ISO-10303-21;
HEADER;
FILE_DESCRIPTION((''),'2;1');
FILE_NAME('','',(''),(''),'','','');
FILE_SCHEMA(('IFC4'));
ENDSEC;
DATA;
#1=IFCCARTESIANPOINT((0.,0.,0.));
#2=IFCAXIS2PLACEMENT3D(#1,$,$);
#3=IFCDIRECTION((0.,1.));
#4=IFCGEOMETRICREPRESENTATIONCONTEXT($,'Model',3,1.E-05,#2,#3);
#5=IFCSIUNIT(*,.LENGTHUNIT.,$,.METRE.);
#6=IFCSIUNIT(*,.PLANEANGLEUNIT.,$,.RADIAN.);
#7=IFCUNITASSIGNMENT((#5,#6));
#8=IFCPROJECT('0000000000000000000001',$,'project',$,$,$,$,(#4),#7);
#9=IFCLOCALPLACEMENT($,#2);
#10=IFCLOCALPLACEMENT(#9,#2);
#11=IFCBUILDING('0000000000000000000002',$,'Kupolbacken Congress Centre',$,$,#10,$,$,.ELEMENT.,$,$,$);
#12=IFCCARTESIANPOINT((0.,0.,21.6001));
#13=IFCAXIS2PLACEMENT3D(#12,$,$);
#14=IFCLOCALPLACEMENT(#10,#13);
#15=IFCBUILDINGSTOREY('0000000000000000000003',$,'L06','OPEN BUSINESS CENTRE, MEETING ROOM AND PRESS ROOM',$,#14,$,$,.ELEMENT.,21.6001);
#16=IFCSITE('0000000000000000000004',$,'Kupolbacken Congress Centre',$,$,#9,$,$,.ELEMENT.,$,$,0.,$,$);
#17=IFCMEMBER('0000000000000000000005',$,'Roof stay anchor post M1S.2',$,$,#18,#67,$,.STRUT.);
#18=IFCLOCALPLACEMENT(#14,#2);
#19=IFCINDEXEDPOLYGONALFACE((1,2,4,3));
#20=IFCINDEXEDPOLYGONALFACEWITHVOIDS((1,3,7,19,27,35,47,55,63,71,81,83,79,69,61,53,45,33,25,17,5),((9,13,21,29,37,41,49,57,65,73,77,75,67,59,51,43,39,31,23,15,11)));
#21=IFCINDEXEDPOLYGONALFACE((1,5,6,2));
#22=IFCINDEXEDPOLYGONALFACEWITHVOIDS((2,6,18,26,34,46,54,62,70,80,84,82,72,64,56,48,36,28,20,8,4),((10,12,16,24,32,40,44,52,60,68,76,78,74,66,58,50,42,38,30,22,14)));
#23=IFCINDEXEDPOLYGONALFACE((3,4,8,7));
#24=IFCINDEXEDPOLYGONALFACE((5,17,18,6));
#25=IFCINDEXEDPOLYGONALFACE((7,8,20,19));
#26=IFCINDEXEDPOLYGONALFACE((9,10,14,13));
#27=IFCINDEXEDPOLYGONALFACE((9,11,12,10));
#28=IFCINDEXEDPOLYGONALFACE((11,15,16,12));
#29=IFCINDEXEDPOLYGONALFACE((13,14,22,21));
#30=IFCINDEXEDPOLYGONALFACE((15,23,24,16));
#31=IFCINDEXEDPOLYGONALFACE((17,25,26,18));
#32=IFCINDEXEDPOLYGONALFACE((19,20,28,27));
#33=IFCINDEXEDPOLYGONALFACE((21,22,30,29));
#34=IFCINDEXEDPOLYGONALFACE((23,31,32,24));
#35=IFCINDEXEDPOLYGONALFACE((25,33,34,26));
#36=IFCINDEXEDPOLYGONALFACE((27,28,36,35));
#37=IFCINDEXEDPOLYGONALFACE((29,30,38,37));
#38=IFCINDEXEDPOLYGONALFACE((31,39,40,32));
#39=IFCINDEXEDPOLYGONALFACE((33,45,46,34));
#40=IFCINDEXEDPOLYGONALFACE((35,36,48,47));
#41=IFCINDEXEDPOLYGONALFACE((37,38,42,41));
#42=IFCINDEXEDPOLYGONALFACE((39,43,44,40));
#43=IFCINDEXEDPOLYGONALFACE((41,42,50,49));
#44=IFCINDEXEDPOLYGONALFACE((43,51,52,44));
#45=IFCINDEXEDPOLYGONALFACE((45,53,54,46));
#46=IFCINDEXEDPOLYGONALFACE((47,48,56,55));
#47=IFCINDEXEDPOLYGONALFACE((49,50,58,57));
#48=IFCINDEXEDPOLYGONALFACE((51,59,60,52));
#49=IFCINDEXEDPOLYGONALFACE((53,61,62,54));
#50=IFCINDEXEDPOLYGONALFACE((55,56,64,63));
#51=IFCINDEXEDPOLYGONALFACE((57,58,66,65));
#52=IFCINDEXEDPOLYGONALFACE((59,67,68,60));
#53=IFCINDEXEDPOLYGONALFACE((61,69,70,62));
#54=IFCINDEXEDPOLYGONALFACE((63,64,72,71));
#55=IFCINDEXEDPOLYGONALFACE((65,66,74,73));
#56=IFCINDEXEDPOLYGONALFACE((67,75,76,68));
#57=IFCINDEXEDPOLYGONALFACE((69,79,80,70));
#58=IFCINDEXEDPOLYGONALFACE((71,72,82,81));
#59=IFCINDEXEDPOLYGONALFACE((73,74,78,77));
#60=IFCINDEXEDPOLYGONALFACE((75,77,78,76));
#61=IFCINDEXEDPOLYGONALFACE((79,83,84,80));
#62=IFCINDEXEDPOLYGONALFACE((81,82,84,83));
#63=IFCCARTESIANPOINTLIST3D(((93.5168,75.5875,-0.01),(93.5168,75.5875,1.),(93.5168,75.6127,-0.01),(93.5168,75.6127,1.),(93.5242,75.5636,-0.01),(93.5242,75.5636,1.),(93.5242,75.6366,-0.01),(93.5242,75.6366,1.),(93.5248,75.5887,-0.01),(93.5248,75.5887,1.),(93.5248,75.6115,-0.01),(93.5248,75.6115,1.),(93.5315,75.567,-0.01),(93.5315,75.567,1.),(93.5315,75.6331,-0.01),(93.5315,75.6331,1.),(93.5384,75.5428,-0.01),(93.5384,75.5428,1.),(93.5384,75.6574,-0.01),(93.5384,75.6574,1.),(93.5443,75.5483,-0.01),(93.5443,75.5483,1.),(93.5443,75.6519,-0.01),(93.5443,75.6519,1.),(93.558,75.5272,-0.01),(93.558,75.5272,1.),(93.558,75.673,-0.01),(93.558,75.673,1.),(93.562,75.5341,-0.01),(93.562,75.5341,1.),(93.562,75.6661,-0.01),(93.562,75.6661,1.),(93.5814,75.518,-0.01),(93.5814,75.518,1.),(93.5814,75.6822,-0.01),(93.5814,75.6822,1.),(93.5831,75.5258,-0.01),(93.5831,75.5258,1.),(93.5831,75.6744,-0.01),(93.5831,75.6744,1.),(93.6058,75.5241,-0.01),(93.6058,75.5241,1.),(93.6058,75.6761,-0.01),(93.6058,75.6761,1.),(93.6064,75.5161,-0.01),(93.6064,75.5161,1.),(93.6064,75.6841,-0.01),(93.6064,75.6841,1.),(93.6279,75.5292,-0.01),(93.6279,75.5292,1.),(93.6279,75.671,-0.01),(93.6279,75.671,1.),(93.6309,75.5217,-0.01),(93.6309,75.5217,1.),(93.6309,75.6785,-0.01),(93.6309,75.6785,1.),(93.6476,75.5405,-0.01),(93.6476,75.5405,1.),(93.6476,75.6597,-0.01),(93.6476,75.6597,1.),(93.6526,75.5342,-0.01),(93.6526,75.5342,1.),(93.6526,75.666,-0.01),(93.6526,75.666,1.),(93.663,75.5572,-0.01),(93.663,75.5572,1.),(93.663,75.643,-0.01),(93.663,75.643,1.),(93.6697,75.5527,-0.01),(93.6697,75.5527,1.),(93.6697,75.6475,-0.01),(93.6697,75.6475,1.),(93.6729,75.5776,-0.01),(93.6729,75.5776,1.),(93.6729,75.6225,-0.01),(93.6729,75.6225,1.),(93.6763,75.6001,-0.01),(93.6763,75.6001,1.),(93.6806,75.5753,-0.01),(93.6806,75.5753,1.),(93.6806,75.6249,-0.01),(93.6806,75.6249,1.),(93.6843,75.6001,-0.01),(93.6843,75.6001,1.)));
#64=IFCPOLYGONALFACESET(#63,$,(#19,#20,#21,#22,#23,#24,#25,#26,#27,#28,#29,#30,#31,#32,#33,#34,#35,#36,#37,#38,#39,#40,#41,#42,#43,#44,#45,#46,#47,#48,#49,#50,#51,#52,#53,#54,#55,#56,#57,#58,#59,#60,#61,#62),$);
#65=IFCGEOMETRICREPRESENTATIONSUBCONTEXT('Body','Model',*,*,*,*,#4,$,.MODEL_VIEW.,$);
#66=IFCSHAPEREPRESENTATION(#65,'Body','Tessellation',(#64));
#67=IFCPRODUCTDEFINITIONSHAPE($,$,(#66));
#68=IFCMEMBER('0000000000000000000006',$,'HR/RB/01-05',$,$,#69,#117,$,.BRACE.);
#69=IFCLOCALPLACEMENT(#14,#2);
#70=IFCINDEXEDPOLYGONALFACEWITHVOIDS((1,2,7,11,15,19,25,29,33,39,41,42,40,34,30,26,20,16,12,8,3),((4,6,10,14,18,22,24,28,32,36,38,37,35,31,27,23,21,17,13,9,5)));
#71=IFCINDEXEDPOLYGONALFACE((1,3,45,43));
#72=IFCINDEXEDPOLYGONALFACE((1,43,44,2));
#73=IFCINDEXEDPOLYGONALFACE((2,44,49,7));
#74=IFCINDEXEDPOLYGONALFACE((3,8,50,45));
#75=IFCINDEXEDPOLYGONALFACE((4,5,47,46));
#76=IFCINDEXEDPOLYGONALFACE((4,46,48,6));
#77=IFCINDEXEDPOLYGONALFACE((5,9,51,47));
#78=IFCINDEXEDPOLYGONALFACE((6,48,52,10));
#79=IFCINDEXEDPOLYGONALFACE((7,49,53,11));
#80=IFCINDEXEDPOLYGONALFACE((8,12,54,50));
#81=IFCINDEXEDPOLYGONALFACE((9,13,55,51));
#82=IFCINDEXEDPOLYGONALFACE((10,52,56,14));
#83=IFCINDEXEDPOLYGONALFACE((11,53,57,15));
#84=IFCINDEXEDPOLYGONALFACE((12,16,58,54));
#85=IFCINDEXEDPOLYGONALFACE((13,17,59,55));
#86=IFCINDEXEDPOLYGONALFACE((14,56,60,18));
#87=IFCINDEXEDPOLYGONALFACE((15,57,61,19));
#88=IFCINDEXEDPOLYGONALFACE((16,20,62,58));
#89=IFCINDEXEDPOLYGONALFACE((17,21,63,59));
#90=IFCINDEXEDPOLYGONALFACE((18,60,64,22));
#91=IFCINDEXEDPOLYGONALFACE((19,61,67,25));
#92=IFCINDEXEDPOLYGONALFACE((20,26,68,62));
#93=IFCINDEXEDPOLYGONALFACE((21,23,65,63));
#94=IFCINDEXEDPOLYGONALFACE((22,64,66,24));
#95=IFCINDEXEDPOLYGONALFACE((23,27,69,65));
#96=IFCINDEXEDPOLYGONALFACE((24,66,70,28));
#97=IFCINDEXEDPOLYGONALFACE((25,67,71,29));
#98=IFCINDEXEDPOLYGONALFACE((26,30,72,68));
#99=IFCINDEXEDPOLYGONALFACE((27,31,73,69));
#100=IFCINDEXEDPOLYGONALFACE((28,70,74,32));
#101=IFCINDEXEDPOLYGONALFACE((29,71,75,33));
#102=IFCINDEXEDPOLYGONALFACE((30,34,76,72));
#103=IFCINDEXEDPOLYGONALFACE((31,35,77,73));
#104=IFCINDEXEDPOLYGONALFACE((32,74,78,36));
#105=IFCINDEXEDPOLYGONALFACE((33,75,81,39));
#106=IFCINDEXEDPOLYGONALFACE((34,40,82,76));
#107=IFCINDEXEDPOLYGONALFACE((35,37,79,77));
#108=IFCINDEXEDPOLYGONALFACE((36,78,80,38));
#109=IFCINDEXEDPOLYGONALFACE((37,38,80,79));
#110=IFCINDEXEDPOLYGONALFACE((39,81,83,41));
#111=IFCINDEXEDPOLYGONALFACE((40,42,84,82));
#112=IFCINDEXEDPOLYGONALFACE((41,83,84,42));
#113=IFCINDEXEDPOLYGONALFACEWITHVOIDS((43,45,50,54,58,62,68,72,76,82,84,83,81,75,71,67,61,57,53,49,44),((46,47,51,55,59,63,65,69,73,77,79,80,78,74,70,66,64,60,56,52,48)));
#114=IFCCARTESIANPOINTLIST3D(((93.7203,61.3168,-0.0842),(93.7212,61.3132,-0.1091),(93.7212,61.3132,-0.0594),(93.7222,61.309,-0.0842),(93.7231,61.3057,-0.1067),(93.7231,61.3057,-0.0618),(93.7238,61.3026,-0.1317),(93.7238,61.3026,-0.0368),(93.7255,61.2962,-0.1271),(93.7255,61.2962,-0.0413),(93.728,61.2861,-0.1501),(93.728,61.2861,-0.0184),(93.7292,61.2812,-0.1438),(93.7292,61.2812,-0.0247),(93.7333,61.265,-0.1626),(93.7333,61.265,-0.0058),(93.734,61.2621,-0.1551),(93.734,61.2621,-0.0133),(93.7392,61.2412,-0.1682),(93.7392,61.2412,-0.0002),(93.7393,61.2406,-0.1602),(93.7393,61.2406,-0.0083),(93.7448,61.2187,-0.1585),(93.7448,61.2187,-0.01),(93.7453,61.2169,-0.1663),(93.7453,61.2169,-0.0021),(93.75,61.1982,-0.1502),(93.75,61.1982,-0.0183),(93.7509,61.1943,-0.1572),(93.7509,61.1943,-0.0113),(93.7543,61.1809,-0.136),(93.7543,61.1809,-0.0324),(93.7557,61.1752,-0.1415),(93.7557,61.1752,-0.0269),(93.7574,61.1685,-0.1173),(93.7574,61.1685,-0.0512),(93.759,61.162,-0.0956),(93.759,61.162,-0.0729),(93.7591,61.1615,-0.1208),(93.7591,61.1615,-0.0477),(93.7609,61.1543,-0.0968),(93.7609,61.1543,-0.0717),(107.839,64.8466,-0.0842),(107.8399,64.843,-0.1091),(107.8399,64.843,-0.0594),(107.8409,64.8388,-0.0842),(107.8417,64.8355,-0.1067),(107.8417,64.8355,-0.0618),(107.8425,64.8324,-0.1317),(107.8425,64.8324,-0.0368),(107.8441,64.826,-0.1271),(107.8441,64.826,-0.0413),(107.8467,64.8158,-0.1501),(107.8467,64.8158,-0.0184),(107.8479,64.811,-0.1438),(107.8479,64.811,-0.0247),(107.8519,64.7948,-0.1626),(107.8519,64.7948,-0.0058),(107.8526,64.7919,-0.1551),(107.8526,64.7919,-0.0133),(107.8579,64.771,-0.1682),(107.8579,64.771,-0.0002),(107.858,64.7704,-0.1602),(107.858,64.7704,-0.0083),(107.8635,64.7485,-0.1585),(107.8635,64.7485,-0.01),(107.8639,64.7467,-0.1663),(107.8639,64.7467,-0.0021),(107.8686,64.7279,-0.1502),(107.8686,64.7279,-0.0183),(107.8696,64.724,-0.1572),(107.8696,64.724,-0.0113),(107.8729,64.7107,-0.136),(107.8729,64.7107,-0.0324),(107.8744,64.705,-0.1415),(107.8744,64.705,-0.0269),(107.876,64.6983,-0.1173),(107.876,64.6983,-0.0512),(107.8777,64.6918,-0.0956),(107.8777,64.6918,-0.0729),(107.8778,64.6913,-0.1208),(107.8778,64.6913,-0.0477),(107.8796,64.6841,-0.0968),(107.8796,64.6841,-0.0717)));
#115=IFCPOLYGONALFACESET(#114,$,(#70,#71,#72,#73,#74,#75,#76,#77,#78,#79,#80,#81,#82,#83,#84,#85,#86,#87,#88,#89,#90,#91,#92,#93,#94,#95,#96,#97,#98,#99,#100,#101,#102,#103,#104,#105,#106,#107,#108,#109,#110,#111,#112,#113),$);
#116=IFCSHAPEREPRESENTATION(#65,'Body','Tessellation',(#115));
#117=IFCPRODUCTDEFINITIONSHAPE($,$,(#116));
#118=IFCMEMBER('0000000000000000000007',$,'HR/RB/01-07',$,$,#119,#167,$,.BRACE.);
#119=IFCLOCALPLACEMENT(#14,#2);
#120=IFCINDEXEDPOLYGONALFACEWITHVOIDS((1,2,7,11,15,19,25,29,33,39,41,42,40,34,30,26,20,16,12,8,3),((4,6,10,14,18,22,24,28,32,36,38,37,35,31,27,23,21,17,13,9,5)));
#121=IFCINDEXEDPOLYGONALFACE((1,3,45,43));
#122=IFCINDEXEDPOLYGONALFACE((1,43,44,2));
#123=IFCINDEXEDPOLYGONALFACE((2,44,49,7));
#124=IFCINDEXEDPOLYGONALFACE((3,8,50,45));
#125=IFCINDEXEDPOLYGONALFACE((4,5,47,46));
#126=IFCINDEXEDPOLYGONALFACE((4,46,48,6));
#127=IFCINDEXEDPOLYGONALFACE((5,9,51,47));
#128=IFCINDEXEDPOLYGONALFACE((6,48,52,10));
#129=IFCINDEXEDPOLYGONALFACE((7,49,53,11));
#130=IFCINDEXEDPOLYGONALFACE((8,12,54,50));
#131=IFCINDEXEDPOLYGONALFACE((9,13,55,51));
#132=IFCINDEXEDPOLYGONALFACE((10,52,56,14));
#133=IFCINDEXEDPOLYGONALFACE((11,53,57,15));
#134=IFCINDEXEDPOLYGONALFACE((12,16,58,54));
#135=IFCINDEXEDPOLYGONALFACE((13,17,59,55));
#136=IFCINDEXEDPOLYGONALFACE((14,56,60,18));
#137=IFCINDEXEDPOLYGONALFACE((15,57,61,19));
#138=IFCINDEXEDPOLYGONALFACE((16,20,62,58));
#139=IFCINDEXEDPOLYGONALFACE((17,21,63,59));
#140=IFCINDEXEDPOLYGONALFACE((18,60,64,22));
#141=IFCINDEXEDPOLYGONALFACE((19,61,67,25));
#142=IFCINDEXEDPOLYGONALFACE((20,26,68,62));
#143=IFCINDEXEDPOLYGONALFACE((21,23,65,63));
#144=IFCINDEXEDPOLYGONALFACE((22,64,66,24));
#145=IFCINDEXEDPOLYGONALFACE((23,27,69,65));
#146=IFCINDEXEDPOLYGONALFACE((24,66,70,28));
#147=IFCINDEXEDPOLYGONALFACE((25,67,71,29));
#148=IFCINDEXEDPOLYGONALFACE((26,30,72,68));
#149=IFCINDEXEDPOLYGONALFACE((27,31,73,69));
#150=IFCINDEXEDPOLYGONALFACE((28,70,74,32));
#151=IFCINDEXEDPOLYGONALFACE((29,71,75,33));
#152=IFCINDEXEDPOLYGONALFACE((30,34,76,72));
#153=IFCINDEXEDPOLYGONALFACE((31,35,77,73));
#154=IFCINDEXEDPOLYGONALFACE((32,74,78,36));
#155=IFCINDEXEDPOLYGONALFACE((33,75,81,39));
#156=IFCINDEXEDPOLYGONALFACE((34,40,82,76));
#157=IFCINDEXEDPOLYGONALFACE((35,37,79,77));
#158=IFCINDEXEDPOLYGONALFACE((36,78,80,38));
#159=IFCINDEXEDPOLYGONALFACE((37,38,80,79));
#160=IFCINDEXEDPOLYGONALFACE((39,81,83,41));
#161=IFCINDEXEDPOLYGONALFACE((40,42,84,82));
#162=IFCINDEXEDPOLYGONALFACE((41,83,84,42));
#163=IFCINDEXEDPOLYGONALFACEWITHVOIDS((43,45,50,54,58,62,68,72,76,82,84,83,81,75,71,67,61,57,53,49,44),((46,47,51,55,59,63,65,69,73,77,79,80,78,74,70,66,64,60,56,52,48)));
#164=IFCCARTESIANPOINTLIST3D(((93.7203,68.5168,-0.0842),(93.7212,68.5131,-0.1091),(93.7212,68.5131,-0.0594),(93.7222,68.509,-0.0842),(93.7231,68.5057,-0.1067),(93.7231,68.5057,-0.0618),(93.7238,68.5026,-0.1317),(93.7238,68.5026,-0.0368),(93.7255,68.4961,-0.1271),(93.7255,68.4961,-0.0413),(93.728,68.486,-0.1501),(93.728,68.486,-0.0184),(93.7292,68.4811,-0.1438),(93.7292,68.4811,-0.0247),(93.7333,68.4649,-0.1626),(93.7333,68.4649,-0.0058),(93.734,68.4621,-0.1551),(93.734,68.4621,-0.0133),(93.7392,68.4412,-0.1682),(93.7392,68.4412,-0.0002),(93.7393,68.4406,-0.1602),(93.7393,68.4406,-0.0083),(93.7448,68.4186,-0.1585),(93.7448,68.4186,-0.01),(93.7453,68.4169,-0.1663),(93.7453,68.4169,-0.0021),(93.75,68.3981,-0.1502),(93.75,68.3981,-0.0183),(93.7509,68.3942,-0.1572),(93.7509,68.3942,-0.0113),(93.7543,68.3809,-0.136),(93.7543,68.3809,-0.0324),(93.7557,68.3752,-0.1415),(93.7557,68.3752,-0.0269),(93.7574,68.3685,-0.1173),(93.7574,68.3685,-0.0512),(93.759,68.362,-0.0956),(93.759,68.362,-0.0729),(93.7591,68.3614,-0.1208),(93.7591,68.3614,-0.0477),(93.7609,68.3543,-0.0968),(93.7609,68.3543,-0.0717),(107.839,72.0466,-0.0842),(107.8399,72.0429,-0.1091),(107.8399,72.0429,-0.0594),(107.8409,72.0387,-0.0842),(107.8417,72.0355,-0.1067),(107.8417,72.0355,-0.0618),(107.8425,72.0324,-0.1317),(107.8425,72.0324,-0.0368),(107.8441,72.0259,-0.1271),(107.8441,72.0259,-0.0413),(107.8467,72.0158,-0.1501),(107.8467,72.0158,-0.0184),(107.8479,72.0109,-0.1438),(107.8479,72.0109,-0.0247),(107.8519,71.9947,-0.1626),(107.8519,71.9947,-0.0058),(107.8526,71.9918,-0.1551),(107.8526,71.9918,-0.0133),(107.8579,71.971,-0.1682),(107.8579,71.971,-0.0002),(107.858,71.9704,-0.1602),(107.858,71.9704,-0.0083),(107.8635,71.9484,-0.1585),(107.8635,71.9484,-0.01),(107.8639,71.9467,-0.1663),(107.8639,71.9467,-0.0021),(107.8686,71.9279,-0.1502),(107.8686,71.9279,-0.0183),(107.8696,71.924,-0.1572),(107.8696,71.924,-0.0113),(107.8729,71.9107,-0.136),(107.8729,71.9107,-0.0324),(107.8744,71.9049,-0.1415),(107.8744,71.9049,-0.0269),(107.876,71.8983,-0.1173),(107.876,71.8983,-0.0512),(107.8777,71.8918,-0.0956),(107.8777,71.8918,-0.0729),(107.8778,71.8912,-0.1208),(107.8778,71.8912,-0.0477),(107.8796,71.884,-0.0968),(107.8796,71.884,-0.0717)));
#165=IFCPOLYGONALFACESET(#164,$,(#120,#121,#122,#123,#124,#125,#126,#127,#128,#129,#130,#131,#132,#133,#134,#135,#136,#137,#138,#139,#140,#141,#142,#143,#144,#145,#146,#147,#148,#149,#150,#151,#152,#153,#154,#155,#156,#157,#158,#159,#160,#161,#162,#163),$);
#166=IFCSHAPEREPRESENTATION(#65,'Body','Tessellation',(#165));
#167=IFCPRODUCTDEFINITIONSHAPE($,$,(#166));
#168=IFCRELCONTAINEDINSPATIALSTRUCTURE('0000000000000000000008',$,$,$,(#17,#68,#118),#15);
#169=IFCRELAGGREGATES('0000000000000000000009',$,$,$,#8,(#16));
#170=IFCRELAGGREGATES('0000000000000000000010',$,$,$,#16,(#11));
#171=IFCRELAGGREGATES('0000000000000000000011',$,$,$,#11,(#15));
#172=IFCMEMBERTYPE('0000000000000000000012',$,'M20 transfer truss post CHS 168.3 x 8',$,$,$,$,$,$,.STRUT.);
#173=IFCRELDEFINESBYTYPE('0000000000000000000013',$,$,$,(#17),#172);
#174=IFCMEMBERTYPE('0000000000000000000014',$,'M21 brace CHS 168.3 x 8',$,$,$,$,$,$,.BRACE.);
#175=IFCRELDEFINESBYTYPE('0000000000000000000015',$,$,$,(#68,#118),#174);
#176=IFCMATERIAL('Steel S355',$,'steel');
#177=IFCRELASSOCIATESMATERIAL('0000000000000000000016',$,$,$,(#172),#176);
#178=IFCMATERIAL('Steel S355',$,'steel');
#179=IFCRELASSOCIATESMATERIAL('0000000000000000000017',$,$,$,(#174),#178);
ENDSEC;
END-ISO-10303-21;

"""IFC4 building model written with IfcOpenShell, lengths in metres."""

from ifc_helpers import new_model, si_unit, direction, frame, origin, origin_2d, place, context, subcontext, project, spatial, hollow_circle, extrude, material, material_profile, profile_set, type_object, element, save


model = new_model("IFC4")

# Units and contexts
model_context = context("Model", 3, precision=1e-05, world=origin(), true_north=direction((0.0, 1.0)))
body_context = subcontext(model_context, "Body", "Model", "MODEL_VIEW")
ifc_project = project(units=[si_unit("LENGTHUNIT", "METRE"), si_unit("PLANEANGLEUNIT", "RADIAN")], contexts=[model_context])

# Site, building, storey
site_placement = place(None, origin())
site = spatial("IfcSite", under=ifc_project, at=site_placement, Name="Kupolbacken Congress Centre", CompositionType="ELEMENT", RefElevation=0.0)
building_placement = place(site_placement, origin())
building = spatial("IfcBuilding", under=site, at=building_placement, Name="Kupolbacken Congress Centre", CompositionType="ELEMENT")
storey_placement = place(building_placement, frame((0.0, 0.0, 21.6001)))
storey = spatial("IfcBuildingStorey", under=building, at=storey_placement, Name="L06", Description="OPEN BUSINESS CENTRE, MEETING ROOM AND PRESS ROOM", CompositionType="ELEMENT", Elevation=21.6001)

# Members
ifc_material_1 = material(Name="Steel S355", Category="steel")
ifc_material_profile_1 = material_profile(ifc_material_1, hollow_circle(Radius=0.0842, WallThickness=0.0081, at=origin_2d()), Name="CHS 168.3 x 8")
ifc_profile_set_1 = profile_set([ifc_material_profile_1], Name="Steel S355")
member_type_1 = type_object("IfcMemberType", Name="M20 transfer truss post CHS 168.3 x 8", PredefinedType="STRUT", material=ifc_profile_set_1)
for number, where, z_axis, x_axis, name in (
    (1, (93.6001, 75.6001, -0.01), (0.0, 0.0, 1.0), (1.0, 0.0, 0.0), "Roof stay anchor post M1S.2"),
):
    element("IfcMember", number, at=place(storey_placement, frame(where, z_axis=z_axis, x_axis=x_axis)), inside=storey, type_object=member_type_1, Name=name, PredefinedType="STRUT", context=body_context, shape_type="SweptSolid", body=[
        extrude(hollow_circle(Radius=0.0842, WallThickness=0.0081, at=origin_2d()), origin(), (0.0, 0.0, 1.0), 1.01),
    ])
ifc_material_2 = material(Name="Steel S355", Category="steel")
ifc_material_profile_2 = material_profile(ifc_material_2, hollow_circle(Radius=0.0842, WallThickness=0.0081, at=origin_2d()), Name="CHS 168.3 x 8")
ifc_profile_set_2 = profile_set([ifc_material_profile_2], Name="Steel S355")
member_type_2 = type_object("IfcMemberType", Name="M21 brace CHS 168.3 x 8", PredefinedType="BRACE", material=ifc_profile_set_2)
for number, where, z_axis, x_axis, name in (
    (2, (93.7407, 61.2351, -0.0842), (0.970141, 0.242544, 0.0), (-0.242544, 0.970141, 0.0), "HR/RB/01-05"),
    (3, (93.7407, 68.4351, -0.0842), (0.970141, 0.242544, 0.0), (-0.242544, 0.970141, 0.0), "HR/RB/01-07"),
):
    element("IfcMember", number, at=place(storey_placement, frame(where, z_axis=z_axis, x_axis=x_axis)), inside=storey, type_object=member_type_2, Name=name, PredefinedType="BRACE", context=body_context, shape_type="SweptSolid", body=[
        extrude(hollow_circle(Radius=0.0842, WallThickness=0.0081, at=origin_2d()), origin(), (0.0, 0.0, 1.0), 14.5532),
    ])

save(model, "model.ifc")
